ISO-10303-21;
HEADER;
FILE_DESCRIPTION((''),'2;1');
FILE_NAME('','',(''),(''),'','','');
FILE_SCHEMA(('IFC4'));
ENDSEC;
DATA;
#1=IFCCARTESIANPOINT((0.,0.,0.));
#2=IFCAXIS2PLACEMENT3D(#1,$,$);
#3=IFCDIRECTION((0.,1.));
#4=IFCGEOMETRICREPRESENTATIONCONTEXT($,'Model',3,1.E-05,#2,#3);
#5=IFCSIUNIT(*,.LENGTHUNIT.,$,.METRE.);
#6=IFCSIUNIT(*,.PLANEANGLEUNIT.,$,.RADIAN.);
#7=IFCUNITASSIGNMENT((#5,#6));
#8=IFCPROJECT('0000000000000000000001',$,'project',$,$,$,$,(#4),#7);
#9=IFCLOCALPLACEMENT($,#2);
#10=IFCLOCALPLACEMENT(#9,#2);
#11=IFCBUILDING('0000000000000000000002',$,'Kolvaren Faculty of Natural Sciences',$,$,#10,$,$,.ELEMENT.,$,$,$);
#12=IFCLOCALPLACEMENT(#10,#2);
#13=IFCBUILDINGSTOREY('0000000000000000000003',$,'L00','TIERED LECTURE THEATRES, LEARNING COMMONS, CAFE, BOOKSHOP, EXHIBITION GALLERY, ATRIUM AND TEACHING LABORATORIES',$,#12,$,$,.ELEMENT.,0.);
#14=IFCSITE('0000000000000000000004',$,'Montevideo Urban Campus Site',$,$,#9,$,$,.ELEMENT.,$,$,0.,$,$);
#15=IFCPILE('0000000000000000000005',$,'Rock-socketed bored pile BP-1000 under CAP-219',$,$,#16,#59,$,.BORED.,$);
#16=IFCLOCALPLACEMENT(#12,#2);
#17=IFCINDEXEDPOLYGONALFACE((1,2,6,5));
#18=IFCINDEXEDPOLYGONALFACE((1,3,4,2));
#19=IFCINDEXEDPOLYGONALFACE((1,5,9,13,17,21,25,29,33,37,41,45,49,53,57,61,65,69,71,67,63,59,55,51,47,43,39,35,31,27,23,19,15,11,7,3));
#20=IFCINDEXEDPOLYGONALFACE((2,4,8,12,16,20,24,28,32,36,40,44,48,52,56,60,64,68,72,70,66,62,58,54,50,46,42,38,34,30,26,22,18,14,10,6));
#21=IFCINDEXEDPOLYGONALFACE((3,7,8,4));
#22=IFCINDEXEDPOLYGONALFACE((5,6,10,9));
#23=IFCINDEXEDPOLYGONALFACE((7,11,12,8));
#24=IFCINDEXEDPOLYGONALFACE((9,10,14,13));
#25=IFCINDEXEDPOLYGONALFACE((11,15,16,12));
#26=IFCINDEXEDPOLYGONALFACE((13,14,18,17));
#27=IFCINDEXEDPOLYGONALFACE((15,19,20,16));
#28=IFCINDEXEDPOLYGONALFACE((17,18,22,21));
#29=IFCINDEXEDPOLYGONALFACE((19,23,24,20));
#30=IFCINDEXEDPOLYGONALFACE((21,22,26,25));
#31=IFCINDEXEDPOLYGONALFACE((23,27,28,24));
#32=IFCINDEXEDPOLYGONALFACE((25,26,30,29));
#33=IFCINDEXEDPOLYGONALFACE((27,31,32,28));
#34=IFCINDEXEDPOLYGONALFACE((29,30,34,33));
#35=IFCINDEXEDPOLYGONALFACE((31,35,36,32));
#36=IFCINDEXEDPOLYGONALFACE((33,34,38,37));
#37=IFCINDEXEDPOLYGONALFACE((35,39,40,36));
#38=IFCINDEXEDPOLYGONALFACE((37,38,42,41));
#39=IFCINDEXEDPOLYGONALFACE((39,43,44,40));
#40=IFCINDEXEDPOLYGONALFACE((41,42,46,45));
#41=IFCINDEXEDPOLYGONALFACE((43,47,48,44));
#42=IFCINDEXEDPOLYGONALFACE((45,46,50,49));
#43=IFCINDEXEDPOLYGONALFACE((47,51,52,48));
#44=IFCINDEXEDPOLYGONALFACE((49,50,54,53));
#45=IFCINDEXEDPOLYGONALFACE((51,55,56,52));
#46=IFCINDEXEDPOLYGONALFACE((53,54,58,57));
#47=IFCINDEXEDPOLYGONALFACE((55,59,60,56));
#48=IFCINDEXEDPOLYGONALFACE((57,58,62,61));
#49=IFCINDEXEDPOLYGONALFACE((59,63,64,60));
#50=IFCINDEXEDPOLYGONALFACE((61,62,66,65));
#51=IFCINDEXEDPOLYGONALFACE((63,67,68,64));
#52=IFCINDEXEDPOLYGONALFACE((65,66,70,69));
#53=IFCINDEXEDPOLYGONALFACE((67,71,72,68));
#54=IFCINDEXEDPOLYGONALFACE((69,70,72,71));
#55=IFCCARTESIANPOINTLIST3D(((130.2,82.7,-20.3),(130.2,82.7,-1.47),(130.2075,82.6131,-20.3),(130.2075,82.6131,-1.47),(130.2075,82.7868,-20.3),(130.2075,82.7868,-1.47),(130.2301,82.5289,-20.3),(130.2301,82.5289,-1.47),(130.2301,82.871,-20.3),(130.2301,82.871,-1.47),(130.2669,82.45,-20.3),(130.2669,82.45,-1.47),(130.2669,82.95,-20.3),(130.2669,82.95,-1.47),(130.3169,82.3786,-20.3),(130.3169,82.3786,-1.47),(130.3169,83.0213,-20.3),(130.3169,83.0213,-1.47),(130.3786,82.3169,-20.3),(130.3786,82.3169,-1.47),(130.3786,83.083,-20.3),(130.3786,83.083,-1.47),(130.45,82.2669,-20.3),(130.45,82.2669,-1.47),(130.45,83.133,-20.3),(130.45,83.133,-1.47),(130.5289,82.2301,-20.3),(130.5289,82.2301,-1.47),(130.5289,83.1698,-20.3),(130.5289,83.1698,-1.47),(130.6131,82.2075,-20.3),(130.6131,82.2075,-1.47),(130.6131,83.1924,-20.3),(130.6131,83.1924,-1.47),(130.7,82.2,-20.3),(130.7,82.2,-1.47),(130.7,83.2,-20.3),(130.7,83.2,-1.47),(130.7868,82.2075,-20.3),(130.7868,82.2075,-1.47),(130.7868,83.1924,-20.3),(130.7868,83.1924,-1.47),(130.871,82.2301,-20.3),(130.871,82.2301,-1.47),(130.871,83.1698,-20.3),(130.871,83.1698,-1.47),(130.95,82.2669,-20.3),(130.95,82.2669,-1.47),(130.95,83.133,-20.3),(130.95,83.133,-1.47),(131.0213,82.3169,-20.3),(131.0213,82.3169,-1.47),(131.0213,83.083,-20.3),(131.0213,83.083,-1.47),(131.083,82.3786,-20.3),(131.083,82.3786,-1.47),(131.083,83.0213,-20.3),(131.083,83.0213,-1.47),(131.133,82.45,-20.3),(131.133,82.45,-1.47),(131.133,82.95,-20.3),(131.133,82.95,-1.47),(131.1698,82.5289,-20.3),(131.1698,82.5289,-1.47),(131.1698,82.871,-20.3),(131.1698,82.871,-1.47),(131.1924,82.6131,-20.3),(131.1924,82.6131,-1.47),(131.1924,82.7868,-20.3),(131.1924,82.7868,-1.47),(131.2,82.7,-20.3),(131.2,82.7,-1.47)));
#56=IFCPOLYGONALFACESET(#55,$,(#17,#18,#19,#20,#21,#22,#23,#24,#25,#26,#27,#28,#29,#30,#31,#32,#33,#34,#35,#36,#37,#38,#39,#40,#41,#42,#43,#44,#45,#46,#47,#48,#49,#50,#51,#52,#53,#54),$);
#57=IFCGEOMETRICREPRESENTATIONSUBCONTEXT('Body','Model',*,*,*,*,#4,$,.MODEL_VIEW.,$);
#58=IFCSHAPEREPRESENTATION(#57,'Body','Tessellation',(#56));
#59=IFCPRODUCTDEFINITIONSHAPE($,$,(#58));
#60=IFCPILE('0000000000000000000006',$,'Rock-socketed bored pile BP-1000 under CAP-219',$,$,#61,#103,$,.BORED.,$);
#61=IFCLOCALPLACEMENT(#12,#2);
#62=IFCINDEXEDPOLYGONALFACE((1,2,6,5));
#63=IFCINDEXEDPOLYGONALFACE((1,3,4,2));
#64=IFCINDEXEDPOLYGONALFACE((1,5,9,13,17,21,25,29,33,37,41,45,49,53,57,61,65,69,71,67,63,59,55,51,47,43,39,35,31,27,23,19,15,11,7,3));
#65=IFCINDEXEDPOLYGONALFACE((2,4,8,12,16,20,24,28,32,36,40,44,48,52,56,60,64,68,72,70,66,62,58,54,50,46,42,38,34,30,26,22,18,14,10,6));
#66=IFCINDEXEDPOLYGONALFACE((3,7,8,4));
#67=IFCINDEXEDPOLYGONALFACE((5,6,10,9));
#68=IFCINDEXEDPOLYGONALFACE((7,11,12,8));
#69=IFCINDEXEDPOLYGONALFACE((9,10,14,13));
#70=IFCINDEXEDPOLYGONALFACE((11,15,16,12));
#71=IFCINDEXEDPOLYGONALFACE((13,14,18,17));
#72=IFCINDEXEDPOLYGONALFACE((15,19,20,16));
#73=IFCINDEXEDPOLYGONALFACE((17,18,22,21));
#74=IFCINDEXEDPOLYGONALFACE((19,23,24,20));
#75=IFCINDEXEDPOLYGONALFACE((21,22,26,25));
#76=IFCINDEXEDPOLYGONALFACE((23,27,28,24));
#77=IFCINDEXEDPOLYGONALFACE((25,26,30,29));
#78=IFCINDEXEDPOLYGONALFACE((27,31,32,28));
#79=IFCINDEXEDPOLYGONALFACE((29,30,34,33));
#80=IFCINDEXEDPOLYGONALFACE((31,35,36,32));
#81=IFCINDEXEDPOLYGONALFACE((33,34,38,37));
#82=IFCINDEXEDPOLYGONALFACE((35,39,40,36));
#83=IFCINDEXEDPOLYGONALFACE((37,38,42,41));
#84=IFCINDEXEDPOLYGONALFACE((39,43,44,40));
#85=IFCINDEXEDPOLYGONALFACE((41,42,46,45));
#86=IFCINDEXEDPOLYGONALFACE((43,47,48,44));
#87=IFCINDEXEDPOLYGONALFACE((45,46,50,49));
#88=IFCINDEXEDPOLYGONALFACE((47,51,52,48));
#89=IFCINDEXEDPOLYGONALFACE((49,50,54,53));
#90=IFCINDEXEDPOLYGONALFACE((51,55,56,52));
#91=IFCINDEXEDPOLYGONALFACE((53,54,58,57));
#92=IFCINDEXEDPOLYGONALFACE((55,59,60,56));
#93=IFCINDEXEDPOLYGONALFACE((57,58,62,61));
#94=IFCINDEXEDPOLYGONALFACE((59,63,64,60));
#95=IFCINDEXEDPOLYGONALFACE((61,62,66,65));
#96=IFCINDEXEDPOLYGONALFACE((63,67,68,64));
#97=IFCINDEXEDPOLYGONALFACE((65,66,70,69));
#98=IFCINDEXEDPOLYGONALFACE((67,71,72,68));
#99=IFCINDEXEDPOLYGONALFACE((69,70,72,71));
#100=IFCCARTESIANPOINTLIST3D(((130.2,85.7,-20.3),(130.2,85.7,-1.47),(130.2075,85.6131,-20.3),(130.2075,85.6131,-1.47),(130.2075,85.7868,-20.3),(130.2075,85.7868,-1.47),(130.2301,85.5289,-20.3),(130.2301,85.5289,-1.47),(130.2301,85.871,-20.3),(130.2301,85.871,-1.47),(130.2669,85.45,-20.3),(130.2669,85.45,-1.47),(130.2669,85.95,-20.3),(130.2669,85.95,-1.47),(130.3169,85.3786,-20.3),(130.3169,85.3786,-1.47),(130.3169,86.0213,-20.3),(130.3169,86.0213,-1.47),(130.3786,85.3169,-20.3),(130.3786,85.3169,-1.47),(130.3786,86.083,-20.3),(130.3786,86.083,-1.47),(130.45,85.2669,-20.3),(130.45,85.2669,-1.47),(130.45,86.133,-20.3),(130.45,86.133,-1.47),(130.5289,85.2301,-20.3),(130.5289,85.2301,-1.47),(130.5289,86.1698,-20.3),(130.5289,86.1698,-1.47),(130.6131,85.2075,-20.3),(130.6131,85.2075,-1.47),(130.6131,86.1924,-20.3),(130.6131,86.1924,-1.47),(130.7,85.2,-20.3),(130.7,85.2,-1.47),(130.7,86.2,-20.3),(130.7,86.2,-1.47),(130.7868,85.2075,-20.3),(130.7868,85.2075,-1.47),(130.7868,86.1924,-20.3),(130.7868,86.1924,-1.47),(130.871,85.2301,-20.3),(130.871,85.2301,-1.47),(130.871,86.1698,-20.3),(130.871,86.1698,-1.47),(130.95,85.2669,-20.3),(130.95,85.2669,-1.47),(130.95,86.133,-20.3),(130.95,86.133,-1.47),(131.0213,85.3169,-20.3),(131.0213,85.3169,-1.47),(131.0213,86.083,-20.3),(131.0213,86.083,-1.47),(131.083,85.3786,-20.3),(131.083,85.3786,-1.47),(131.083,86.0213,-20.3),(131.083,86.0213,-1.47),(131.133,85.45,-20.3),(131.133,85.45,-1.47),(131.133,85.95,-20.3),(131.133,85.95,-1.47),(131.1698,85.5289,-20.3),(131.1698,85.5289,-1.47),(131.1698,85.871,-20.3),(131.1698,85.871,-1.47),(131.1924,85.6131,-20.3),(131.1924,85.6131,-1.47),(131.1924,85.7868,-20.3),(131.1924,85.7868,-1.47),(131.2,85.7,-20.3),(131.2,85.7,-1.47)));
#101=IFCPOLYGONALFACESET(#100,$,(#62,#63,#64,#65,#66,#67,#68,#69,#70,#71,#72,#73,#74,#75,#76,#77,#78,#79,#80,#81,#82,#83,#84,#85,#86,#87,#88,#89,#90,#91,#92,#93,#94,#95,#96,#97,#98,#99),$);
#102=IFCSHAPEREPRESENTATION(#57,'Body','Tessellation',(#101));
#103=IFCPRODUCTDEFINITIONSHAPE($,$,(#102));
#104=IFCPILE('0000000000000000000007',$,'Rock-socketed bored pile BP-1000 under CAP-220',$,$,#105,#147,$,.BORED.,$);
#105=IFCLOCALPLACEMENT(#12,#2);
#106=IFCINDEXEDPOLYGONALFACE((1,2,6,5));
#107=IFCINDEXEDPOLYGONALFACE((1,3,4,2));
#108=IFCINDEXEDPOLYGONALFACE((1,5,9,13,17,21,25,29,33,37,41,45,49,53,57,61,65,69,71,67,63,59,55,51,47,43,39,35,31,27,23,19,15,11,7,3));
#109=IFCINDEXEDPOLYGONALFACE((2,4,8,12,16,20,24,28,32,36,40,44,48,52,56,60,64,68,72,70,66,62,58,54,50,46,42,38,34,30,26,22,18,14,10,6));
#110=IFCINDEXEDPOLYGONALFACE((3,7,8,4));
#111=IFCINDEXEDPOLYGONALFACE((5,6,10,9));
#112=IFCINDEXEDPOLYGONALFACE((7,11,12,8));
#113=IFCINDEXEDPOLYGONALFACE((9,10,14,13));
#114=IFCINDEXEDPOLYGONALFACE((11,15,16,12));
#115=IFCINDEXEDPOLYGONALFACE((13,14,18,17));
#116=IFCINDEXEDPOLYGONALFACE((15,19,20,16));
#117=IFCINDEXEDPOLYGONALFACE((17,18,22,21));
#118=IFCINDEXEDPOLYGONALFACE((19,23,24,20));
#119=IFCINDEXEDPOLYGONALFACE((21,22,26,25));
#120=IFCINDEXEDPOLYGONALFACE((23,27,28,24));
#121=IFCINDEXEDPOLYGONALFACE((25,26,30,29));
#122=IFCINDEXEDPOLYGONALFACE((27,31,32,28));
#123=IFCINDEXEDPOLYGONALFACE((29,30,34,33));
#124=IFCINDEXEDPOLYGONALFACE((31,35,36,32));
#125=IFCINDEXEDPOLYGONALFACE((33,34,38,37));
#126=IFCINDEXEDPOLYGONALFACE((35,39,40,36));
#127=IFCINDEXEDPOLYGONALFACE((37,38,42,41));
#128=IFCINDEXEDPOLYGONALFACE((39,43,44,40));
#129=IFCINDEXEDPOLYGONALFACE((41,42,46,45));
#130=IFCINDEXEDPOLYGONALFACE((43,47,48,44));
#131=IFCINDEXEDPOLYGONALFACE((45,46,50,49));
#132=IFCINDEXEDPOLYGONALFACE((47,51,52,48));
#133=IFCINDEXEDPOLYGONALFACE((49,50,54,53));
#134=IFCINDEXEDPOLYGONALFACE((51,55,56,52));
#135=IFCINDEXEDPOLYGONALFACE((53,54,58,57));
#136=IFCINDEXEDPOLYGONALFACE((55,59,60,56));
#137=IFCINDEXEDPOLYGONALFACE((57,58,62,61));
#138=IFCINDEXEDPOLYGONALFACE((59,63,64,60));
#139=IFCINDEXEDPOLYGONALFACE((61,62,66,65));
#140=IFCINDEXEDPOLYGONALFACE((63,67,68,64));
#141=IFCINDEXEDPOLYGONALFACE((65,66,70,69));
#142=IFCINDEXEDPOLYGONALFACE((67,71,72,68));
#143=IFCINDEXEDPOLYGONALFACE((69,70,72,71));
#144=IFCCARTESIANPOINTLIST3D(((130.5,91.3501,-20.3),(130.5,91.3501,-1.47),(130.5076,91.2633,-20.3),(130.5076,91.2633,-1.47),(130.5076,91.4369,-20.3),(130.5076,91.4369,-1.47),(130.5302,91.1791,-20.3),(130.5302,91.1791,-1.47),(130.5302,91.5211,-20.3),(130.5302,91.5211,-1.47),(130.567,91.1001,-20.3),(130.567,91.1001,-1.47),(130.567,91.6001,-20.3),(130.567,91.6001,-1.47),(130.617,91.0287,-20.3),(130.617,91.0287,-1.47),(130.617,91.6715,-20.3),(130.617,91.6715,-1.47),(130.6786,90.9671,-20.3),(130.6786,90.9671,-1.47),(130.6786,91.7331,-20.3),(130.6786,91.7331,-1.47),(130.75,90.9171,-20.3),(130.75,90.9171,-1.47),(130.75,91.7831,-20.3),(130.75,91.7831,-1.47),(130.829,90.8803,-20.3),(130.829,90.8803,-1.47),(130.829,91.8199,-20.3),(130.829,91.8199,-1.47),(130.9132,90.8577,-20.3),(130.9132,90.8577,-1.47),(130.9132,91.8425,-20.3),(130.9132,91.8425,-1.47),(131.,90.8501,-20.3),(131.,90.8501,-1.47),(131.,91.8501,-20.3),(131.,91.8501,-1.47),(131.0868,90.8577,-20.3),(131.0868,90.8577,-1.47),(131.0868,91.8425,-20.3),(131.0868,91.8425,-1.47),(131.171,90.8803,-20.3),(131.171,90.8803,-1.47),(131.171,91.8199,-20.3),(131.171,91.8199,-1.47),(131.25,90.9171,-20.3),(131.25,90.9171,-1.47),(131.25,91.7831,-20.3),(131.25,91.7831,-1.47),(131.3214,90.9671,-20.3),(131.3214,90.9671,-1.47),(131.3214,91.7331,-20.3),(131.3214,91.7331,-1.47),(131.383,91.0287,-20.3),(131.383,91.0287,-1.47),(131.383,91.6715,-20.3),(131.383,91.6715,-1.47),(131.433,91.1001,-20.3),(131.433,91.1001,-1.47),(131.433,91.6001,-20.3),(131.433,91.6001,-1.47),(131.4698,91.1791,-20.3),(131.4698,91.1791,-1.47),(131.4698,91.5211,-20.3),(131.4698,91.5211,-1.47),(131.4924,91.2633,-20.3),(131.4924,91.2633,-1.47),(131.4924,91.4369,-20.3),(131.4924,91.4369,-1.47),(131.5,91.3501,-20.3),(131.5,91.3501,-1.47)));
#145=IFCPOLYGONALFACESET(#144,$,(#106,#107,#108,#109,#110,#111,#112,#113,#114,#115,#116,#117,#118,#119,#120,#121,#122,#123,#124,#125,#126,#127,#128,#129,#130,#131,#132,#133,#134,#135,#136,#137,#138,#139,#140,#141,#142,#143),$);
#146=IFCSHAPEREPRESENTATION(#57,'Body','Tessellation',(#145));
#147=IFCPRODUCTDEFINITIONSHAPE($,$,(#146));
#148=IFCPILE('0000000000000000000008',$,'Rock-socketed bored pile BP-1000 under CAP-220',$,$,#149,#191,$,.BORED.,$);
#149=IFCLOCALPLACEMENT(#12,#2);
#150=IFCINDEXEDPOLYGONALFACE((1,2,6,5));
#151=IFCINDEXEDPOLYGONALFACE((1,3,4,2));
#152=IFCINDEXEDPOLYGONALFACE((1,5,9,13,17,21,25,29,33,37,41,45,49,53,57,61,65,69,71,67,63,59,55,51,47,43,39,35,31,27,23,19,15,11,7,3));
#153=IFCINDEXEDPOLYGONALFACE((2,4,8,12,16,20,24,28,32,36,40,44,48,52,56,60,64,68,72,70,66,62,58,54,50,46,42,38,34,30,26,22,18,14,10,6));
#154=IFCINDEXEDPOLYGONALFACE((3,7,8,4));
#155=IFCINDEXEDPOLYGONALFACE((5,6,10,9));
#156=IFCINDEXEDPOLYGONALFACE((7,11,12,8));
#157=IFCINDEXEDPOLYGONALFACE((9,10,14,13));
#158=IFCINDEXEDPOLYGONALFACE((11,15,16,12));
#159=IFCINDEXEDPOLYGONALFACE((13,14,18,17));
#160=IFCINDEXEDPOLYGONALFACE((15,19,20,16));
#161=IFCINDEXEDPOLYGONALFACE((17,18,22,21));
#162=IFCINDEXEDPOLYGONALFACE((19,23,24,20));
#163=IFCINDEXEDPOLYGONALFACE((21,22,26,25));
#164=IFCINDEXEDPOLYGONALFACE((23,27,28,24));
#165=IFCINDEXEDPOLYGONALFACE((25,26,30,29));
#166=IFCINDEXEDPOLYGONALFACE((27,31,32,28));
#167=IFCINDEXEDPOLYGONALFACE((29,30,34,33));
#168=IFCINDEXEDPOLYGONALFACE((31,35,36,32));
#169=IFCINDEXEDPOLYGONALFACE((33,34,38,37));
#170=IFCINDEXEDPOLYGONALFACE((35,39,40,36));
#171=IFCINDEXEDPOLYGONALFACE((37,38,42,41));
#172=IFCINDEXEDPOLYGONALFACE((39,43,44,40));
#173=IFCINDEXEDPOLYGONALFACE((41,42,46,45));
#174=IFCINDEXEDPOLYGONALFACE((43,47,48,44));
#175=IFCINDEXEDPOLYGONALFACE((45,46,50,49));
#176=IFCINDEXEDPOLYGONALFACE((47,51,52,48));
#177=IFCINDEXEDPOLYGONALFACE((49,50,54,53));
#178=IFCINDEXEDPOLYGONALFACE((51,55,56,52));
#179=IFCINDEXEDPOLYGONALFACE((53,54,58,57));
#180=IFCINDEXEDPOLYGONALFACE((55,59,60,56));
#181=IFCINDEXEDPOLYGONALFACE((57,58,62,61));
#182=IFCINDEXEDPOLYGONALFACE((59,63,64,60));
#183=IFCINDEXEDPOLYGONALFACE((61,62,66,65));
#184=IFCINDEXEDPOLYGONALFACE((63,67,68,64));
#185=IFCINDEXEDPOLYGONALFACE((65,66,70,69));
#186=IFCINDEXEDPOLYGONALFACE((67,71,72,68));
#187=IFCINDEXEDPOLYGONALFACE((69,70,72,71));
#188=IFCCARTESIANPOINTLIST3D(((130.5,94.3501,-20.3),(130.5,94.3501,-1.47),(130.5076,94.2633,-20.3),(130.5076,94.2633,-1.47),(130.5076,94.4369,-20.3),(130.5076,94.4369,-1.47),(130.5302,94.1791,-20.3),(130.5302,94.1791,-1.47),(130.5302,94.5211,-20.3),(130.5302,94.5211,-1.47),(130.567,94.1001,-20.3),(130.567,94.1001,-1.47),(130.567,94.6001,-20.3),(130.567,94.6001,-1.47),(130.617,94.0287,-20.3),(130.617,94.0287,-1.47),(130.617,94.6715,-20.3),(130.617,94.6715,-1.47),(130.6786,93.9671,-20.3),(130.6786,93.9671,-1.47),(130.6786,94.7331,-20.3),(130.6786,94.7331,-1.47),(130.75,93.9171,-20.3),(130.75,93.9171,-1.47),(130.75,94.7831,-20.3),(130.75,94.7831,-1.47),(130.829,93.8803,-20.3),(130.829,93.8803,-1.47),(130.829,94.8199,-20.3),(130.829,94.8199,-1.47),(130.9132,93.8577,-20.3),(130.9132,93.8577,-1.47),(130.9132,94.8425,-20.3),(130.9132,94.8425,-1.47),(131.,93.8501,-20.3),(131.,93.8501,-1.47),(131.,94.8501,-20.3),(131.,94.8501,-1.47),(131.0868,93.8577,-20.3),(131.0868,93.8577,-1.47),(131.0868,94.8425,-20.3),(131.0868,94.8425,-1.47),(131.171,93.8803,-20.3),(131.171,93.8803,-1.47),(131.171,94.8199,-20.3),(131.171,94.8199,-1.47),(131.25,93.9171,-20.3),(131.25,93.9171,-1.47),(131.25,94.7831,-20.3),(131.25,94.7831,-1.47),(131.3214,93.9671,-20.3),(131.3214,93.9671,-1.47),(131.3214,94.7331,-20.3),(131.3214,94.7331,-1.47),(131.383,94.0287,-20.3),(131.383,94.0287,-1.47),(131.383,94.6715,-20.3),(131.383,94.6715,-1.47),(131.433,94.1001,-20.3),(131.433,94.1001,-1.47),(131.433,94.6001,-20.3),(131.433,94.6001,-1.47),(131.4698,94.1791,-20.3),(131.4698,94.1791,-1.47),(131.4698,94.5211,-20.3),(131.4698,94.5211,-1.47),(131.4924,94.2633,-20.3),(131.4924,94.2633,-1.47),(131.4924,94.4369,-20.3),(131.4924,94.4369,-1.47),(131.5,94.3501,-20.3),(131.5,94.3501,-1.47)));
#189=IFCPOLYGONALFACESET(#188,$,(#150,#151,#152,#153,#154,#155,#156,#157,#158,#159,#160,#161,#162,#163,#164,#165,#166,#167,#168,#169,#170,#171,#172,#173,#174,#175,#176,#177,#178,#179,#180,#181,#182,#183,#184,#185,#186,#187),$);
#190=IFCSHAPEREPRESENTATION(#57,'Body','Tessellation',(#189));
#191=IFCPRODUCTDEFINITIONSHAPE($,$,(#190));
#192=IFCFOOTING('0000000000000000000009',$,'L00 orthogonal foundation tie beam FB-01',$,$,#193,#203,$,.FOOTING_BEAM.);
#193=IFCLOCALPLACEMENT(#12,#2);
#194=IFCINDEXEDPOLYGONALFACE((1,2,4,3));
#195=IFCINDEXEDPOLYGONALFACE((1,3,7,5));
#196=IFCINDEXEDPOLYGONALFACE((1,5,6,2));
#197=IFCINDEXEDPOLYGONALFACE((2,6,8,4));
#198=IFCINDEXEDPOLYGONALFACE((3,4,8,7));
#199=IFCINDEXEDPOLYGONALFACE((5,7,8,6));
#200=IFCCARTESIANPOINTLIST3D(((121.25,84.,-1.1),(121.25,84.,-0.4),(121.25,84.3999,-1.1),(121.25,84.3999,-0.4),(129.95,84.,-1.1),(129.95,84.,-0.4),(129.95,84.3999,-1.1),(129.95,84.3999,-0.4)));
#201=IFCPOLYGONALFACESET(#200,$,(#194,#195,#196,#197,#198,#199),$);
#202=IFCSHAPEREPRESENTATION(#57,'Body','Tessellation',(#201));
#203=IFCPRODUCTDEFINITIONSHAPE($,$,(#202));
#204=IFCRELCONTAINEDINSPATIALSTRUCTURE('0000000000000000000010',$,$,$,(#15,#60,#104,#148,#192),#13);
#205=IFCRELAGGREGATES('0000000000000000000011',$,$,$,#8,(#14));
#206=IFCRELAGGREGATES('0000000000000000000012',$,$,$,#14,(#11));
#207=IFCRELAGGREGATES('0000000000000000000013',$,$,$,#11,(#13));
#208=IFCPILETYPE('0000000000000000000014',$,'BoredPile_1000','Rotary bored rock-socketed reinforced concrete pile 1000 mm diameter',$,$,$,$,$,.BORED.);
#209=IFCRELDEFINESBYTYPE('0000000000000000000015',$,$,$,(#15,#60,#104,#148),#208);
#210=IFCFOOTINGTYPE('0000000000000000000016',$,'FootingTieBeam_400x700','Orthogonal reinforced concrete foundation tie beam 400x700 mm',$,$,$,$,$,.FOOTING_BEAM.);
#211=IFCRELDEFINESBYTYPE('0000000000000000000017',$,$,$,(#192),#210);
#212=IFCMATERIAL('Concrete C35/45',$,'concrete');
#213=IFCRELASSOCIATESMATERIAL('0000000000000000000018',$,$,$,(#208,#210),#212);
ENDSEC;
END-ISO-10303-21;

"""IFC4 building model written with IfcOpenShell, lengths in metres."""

from ifc_helpers import new_model, si_unit, direction, frame, origin, origin_2d, place, context, subcontext, project, spatial, rectangle, circle, extrude, material, material_profile, profile_set, type_object, element, save


model = new_model("IFC4")

# Units and contexts
model_context = context("Model", 3, precision=1e-05, world=origin(), true_north=direction((0.0, 1.0)))
body_context = subcontext(model_context, "Body", "Model", "MODEL_VIEW")
ifc_project = project(units=[si_unit("LENGTHUNIT", "METRE"), si_unit("PLANEANGLEUNIT", "RADIAN")], contexts=[model_context])

# Site, building, storey
site_placement = place(None, origin())
site = spatial("IfcSite", under=ifc_project, at=site_placement, Name="Montevideo Urban Campus Site", CompositionType="ELEMENT", RefElevation=0.0)
building_placement = place(site_placement, origin())
building = spatial("IfcBuilding", under=site, at=building_placement, Name="Kolvaren Faculty of Natural Sciences", CompositionType="ELEMENT")
storey_placement = place(building_placement, origin())
storey = spatial("IfcBuildingStorey", under=building, at=storey_placement, Name="L00", Description="TIERED LECTURE THEATRES, LEARNING COMMONS, CAFE, BOOKSHOP, EXHIBITION GALLERY, ATRIUM AND TEACHING LABORATORIES", CompositionType="ELEMENT", Elevation=0.0)

# Piles
ifc_material_1 = material(Name="Concrete C35/45", Category="concrete")
ifc_material_profile_1 = material_profile(ifc_material_1, circle(Radius=0.5, at=origin_2d()), Name="PILE D1000")
ifc_profile_set_1 = profile_set([ifc_material_profile_1], Name="Concrete C35/45")
pile_type = type_object("IfcPileType", Name="BoredPile_1000", Description="Rotary bored rock-socketed reinforced concrete pile 1000 mm diameter", PredefinedType="BORED", material=ifc_profile_set_1)
for number, where, z_axis, x_axis, name in (
    (1, (130.7, 82.7, -1.47), (0.0, 0.0, -1.0), (1.0, 0.0, 0.0), "Rock-socketed bored pile BP-1000 under CAP-219"),
    (2, (130.7, 85.7, -1.47), (0.0, 0.0, -1.0), (1.0, 0.0, 0.0), "Rock-socketed bored pile BP-1000 under CAP-219"),
    (3, (131.0, 91.3501, -1.47), (0.0, 0.0, -1.0), (1.0, 0.0, 0.0), "Rock-socketed bored pile BP-1000 under CAP-220"),
    (4, (131.0, 94.3501, -1.47), (0.0, 0.0, -1.0), (1.0, 0.0, 0.0), "Rock-socketed bored pile BP-1000 under CAP-220"),
):
    element("IfcPile", number, at=place(storey_placement, frame(where, z_axis=z_axis, x_axis=x_axis)), inside=storey, type_object=pile_type, Name=name, PredefinedType="BORED", context=body_context, shape_type="SweptSolid", body=[
        extrude(circle(Radius=0.5, at=origin_2d()), origin(), (0.0, 0.0, 1.0), 18.8301),
    ])

# Footing
ifc_material_profile_2 = material_profile(ifc_material_1, rectangle(XDim=0.3999, YDim=0.7, at=origin_2d()), Name="RC FB 400x700")
ifc_profile_set_2 = profile_set([ifc_material_profile_2], Name="Concrete C35/45")
footing_type_1 = type_object("IfcFootingType", Name="FootingTieBeam_400x700", Description="Orthogonal reinforced concrete foundation tie beam 400x700 mm", PredefinedType="FOOTING_BEAM", material=ifc_profile_set_2)
for number, where, z_axis, x_axis, name in (
    (5, (121.25, 84.2, -0.75), (1.0, 0.0, 0.0), (0.0, 1.0, 0.0), "L00 orthogonal foundation tie beam FB-01"),
):
    element("IfcFooting", number, at=place(storey_placement, frame(where, z_axis=z_axis, x_axis=x_axis)), inside=storey, type_object=footing_type_1, Name=name, PredefinedType="FOOTING_BEAM", context=body_context, shape_type="SweptSolid", body=[
        extrude(rectangle(XDim=0.3999, YDim=0.7, at=origin_2d()), origin(), (0.0, 0.0, 1.0), 8.7),
    ])

save(model, "model.ifc")
